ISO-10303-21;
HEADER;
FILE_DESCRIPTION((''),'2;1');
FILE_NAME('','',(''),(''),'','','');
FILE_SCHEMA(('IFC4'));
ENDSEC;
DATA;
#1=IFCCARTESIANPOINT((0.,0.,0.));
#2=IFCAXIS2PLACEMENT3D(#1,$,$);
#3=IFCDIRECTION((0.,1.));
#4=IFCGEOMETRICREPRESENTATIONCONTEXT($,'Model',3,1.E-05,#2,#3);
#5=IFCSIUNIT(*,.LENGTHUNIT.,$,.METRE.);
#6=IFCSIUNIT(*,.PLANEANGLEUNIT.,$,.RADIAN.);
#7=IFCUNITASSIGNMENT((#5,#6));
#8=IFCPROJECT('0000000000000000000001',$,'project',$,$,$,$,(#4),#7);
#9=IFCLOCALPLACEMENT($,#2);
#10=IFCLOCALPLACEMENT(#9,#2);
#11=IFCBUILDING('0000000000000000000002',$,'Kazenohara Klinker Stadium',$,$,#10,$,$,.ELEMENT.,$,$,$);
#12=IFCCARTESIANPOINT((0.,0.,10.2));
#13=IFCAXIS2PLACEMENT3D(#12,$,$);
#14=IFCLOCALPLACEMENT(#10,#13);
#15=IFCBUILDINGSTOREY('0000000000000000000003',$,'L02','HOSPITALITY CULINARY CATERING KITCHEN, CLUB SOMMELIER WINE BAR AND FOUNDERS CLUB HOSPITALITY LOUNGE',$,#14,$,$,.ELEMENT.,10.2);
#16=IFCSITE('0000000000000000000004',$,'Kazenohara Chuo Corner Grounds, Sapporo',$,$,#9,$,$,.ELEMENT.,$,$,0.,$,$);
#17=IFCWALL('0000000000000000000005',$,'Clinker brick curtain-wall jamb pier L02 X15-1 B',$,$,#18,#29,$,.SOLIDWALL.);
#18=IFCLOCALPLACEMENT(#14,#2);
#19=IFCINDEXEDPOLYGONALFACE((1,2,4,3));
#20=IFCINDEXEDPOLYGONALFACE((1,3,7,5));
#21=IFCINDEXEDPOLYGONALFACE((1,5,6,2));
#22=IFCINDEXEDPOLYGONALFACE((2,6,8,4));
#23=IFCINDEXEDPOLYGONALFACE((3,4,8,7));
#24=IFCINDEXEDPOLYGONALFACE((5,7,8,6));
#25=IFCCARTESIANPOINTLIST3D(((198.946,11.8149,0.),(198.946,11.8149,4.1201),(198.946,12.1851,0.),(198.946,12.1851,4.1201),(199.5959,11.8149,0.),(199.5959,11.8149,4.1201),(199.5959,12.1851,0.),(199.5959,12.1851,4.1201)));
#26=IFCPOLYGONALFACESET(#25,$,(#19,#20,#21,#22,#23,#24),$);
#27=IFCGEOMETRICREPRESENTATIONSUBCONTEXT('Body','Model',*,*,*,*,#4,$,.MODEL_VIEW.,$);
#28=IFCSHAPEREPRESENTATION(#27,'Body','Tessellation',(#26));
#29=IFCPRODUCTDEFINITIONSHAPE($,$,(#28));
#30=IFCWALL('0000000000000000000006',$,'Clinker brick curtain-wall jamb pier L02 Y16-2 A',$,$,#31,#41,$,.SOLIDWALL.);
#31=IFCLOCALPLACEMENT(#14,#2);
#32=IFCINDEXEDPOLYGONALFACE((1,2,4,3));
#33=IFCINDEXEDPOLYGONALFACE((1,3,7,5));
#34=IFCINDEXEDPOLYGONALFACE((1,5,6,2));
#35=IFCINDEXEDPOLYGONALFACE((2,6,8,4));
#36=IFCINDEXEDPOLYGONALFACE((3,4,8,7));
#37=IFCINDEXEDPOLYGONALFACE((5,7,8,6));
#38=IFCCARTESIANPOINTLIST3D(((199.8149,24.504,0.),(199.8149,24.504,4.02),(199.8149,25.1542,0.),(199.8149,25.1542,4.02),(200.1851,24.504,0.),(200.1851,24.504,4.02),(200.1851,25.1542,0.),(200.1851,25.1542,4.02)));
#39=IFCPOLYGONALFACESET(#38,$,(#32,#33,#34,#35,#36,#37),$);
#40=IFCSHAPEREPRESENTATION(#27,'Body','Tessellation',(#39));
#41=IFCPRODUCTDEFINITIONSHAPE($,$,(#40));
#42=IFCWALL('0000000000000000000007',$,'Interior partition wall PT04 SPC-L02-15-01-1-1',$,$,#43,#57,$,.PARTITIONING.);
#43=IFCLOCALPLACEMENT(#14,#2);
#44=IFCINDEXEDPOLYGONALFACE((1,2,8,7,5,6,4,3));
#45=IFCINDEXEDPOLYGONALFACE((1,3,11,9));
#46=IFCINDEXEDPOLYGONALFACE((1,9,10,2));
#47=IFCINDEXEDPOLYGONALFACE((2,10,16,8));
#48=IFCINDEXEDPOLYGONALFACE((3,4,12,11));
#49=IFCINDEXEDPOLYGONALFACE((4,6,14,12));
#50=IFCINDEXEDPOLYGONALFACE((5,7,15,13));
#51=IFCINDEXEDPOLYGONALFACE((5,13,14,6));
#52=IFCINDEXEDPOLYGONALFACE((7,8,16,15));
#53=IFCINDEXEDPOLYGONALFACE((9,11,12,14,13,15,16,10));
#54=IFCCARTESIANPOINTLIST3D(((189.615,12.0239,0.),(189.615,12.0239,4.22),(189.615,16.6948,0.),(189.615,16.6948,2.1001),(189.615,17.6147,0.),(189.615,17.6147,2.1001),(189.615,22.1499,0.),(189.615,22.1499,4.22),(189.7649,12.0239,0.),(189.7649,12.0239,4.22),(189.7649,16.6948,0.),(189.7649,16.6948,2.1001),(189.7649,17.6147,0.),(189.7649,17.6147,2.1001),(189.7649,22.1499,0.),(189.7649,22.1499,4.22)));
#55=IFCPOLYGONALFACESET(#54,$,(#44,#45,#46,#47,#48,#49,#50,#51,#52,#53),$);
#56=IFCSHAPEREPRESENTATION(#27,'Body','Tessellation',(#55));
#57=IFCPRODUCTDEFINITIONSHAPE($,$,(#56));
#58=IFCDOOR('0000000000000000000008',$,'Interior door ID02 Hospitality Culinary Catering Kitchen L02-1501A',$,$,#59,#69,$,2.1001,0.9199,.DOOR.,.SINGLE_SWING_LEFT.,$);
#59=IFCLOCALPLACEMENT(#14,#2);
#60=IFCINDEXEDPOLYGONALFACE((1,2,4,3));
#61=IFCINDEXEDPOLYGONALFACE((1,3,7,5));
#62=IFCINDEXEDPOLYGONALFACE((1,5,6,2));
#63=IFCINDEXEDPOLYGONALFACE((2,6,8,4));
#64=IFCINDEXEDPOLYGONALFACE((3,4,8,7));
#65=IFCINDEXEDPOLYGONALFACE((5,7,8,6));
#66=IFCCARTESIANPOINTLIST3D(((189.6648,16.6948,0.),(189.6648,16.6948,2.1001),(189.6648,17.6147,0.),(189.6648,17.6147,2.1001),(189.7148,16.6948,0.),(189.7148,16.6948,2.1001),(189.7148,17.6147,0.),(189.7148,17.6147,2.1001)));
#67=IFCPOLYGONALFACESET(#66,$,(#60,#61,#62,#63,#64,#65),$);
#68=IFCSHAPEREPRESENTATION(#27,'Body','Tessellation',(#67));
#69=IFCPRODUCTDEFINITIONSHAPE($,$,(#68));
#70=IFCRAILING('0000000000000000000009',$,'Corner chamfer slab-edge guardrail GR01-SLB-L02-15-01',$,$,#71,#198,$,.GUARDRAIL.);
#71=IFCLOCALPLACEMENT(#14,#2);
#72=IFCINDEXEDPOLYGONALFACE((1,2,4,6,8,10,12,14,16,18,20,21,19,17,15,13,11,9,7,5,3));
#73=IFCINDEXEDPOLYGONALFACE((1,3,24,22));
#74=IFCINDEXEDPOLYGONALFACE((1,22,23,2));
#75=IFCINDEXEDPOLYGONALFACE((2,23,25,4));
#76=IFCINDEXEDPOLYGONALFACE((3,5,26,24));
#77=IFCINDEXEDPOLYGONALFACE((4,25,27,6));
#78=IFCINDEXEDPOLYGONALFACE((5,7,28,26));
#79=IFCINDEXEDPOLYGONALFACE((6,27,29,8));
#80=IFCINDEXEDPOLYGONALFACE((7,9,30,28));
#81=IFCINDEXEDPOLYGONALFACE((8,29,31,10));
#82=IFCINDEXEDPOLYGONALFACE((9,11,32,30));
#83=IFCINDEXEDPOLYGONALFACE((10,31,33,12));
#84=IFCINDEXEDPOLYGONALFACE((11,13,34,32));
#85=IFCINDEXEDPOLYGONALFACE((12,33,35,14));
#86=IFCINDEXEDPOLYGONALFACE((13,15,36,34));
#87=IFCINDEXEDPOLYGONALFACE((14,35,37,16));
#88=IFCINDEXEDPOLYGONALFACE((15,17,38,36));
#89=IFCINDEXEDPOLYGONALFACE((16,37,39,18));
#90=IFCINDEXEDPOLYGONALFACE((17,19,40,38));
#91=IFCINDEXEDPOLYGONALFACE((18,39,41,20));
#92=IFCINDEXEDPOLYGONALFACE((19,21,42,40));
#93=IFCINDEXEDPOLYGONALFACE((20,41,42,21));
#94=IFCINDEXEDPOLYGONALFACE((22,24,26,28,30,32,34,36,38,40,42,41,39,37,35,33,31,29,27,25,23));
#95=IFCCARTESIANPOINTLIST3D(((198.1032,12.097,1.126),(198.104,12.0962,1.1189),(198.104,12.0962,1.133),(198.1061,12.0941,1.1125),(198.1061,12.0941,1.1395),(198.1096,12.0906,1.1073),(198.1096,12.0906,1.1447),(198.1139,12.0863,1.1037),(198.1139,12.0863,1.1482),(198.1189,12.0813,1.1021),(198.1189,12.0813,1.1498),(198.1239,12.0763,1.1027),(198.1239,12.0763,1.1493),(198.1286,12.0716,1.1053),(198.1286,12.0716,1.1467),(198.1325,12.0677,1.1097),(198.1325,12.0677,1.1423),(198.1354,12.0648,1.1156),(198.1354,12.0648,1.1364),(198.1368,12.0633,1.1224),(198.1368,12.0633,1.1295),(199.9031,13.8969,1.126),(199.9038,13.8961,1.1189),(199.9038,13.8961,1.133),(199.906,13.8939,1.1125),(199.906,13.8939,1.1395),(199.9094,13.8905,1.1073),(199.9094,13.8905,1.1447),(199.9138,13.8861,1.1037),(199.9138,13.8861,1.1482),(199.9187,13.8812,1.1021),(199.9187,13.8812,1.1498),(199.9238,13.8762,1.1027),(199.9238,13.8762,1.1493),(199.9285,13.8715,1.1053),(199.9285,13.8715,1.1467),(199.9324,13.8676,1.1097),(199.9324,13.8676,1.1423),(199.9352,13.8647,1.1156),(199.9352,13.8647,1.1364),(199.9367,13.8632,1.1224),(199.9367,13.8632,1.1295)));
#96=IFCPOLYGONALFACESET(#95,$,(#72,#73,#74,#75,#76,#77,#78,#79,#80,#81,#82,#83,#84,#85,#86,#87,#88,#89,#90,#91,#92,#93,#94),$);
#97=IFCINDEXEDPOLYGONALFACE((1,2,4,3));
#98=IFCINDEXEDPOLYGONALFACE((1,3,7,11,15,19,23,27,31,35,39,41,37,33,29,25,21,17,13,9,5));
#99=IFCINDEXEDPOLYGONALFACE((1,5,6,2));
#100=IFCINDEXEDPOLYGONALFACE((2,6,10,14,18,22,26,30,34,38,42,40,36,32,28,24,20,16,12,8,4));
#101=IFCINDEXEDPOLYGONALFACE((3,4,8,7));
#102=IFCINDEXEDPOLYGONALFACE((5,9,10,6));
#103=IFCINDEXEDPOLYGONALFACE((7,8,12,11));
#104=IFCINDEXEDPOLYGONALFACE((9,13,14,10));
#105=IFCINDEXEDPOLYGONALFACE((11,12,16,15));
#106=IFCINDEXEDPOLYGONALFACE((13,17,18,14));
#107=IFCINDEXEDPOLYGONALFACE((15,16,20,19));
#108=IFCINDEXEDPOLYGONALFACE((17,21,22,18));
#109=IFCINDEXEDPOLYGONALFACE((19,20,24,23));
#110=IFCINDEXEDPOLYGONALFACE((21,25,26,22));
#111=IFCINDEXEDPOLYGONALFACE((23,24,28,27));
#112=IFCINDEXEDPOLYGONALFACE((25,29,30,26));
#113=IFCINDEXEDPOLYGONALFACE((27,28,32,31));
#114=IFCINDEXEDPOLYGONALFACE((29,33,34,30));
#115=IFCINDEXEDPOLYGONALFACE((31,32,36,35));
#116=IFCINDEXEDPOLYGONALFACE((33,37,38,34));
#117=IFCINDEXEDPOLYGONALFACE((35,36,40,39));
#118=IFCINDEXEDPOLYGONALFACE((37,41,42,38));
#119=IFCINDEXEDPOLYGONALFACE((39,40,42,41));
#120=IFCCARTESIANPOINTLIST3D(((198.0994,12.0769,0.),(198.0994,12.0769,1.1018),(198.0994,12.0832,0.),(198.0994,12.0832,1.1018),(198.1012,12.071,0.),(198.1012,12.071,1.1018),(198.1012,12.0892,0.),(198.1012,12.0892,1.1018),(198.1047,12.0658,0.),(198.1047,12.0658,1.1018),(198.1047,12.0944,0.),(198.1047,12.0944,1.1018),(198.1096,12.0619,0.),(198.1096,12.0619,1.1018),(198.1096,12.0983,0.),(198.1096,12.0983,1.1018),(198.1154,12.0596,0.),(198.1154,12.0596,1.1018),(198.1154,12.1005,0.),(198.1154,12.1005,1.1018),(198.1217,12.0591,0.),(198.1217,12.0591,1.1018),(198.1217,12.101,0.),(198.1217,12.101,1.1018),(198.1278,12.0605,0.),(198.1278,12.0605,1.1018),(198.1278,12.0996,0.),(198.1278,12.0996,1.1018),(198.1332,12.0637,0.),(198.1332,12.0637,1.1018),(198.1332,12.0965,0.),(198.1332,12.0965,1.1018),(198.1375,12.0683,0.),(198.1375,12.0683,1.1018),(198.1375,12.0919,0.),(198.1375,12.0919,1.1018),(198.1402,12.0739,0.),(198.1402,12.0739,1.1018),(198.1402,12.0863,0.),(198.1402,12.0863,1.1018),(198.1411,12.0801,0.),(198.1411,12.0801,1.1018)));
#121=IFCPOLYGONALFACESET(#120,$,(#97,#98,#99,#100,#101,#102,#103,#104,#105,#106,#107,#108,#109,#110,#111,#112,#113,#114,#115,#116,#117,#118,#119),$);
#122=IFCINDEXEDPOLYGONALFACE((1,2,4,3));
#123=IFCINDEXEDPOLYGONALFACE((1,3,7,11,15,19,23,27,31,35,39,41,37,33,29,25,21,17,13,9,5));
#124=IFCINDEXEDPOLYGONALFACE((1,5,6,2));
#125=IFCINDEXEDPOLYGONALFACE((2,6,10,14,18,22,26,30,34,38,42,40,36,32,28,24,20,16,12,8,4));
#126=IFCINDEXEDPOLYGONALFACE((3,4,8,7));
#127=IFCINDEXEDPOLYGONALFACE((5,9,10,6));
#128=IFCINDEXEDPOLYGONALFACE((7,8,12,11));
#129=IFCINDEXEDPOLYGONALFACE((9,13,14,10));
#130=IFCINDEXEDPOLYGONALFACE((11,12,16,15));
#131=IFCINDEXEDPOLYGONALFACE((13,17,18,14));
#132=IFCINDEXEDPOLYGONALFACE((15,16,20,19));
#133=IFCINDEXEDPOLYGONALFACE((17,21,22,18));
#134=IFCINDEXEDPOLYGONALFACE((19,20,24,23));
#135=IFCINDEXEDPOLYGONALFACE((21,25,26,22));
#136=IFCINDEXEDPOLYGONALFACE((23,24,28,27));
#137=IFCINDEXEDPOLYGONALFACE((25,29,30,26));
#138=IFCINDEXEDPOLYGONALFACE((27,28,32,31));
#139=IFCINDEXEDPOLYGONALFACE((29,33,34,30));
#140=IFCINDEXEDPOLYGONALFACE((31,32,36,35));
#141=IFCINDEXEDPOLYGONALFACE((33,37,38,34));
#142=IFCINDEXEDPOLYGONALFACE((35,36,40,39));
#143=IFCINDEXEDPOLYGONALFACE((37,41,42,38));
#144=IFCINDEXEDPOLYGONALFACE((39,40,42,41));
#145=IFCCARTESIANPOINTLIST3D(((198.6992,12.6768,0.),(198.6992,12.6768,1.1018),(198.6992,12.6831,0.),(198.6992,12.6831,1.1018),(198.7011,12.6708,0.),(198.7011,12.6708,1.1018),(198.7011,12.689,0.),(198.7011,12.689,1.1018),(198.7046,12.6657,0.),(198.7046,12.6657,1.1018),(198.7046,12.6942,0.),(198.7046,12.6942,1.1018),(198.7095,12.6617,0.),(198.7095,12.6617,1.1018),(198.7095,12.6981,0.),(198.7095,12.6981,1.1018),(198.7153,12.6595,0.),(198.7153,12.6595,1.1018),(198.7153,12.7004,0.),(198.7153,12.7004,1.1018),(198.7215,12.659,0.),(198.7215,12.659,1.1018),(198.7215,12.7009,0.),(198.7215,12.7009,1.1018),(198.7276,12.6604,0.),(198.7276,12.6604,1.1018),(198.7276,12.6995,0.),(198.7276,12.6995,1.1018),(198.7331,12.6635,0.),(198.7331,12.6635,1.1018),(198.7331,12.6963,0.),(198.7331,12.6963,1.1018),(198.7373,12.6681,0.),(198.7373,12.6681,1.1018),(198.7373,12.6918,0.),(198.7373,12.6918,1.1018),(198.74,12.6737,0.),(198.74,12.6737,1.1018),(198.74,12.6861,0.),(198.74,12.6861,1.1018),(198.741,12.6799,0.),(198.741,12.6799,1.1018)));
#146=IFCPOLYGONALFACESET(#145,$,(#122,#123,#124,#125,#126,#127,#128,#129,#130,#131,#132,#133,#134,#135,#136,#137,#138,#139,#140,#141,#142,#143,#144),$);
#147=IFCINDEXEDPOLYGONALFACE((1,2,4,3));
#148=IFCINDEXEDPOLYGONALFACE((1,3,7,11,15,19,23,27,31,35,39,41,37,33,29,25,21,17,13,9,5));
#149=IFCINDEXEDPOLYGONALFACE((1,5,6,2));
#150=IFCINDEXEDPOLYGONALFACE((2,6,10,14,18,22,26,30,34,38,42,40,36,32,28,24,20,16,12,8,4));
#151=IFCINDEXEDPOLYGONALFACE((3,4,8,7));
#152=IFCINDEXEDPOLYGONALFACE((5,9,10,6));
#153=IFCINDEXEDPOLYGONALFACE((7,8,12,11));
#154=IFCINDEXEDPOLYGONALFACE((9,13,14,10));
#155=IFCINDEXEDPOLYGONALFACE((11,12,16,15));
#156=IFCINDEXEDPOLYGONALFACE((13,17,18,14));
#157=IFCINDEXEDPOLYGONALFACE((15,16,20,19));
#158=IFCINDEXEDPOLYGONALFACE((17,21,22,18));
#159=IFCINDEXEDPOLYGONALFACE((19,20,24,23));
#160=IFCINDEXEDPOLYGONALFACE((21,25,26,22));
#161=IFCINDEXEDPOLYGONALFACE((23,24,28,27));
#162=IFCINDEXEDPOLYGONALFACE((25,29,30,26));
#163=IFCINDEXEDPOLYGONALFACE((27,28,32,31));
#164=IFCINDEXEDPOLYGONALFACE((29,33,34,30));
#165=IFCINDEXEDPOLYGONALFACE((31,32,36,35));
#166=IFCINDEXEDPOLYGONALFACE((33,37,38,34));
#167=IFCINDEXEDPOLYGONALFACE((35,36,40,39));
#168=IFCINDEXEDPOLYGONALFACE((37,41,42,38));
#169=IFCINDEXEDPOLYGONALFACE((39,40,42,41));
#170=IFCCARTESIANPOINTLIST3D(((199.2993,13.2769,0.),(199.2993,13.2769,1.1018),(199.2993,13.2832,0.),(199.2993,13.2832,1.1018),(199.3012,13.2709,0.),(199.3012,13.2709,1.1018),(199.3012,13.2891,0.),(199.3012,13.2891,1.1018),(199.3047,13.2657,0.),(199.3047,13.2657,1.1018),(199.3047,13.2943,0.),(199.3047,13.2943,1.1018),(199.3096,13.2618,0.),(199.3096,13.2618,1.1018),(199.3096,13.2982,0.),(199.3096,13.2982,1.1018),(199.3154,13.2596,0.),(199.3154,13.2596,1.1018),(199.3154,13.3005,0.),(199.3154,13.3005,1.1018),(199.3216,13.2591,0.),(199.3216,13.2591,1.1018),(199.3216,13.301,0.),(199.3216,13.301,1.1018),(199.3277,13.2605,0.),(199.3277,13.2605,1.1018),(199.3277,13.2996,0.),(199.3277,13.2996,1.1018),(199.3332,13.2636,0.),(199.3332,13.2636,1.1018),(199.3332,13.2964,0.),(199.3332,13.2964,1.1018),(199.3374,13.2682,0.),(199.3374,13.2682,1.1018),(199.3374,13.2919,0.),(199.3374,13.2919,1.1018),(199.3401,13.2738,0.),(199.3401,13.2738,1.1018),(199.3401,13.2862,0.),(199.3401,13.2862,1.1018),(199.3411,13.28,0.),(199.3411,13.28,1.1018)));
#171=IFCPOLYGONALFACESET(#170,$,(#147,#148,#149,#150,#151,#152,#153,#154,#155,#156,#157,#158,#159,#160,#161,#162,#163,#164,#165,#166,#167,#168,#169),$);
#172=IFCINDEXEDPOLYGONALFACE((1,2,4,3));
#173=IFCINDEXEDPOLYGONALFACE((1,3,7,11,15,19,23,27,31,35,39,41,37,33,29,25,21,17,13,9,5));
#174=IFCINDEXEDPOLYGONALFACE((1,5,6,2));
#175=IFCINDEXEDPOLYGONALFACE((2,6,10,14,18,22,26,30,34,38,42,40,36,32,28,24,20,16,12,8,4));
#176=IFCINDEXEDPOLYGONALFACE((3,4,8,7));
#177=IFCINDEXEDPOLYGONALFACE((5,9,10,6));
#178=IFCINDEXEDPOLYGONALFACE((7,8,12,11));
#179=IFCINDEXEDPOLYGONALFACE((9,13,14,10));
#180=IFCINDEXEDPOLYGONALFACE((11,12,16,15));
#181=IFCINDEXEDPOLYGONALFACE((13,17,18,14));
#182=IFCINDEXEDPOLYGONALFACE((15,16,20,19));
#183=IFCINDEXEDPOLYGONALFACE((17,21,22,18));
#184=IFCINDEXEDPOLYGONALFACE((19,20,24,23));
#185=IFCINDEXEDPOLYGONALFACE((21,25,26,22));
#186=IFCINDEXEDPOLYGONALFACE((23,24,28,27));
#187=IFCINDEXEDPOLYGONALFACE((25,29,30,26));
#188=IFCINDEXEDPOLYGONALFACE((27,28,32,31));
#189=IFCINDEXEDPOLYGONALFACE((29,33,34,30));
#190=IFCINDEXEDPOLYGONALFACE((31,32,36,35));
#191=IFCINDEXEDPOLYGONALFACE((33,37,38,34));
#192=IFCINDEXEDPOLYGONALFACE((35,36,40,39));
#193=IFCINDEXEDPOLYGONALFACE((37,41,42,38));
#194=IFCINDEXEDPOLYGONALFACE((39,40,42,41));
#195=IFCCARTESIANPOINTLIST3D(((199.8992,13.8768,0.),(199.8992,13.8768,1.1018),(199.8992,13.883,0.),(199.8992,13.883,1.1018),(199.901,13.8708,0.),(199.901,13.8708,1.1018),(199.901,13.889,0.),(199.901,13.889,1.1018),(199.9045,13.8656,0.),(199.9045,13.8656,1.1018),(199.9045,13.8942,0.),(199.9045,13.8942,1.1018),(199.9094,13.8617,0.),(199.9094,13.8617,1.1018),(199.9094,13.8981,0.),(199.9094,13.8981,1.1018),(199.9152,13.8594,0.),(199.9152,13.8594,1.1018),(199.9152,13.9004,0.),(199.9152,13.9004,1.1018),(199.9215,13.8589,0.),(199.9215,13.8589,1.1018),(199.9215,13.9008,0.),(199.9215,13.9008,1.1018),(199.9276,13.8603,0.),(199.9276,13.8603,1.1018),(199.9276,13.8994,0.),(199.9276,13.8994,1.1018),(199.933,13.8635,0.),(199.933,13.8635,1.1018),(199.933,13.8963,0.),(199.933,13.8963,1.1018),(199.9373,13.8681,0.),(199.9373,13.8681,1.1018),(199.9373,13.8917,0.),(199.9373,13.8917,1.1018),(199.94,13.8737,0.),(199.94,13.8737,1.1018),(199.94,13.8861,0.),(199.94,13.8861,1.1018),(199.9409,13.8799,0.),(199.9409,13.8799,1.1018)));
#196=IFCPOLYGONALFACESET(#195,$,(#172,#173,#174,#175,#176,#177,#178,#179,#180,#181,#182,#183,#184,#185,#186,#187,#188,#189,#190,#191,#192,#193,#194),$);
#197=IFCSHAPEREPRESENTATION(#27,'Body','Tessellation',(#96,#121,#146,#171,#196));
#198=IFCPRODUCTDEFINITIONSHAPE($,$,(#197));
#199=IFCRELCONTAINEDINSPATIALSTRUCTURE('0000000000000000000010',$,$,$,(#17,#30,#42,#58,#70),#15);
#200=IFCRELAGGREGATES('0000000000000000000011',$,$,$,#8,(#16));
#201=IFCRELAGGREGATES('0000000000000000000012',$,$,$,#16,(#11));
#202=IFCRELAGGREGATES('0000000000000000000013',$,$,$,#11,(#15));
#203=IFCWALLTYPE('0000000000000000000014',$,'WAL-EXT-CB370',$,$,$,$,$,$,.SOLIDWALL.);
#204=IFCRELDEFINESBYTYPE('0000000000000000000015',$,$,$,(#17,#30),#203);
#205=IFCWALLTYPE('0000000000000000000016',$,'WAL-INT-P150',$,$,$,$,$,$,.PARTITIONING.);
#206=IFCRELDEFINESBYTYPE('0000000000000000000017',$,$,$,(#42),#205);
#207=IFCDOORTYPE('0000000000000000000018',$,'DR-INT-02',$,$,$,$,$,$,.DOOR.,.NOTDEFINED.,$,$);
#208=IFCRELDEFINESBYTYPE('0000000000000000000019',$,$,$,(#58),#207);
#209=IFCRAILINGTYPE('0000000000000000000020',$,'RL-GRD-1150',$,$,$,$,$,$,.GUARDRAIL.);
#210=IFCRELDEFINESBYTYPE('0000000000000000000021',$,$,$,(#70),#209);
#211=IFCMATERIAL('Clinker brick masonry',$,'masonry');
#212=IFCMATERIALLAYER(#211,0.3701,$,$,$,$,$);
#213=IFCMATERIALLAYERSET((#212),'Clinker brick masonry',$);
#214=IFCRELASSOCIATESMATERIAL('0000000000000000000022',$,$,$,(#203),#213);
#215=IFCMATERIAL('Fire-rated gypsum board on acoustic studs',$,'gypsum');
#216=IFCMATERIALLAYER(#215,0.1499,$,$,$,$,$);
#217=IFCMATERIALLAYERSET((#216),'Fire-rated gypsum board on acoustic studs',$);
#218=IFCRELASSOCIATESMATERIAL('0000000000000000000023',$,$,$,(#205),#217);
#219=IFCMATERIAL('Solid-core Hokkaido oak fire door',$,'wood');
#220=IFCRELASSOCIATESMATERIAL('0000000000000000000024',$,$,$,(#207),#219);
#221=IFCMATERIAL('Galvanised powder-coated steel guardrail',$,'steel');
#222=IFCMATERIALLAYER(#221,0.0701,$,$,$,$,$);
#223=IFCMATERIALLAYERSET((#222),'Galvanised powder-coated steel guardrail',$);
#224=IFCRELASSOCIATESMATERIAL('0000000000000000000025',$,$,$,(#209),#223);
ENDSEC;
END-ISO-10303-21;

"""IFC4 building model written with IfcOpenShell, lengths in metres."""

from ifc_helpers import new_model, si_unit, direction, frame, frame_2d, origin, origin_2d, place, context, subcontext, project, spatial, rectangle, circle, extrude, material, layer, layer_set, type_object, element, fill, save


model = new_model("IFC4")

# Units and contexts
model_context = context("Model", 3, precision=1e-05, world=origin(), true_north=direction((0.0, 1.0)))
body_context = subcontext(model_context, "Body", "Model", "MODEL_VIEW")
ifc_project = project(units=[si_unit("LENGTHUNIT", "METRE"), si_unit("PLANEANGLEUNIT", "RADIAN")], contexts=[model_context])

# Site, building, storey
site_placement = place(None, origin())
site = spatial("IfcSite", under=ifc_project, at=site_placement, Name="Kazenohara Chuo Corner Grounds, Sapporo", CompositionType="ELEMENT", RefElevation=0.0)
building_placement = place(site_placement, origin())
building = spatial("IfcBuilding", under=site, at=building_placement, Name="Kazenohara Klinker Stadium", CompositionType="ELEMENT")
storey_placement = place(building_placement, frame((0.0, 0.0, 10.2)))
storey = spatial("IfcBuildingStorey", under=building, at=storey_placement, Name="L02", Description="HOSPITALITY CULINARY CATERING KITCHEN, CLUB SOMMELIER WINE BAR AND FOUNDERS CLUB HOSPITALITY LOUNGE", CompositionType="ELEMENT", Elevation=10.2)

# Shared definitions
ifc_material_1 = material(Name="Clinker brick masonry", Category="masonry")

# Walls
ifc_layer_1 = layer(ifc_material_1, 0.3701)
ifc_layer_set_1 = layer_set([ifc_layer_1], Name="Clinker brick masonry")
wall_type_1 = type_object("IfcWallType", Name="WAL-EXT-CB370", PredefinedType="SOLIDWALL", material=ifc_layer_set_1)
for number, where, z_axis, x_axis, name in (
    (1, (198.946, 12.0, 0.0), (0.0, 0.0, 1.0), (1.0, 0.0, 0.0), "Clinker brick curtain-wall jamb pier L02 X15-1 B"),
):
    element("IfcWall", number, at=place(storey_placement, frame(where, z_axis=z_axis, x_axis=x_axis)), inside=storey, type_object=wall_type_1, Name=name, PredefinedType="SOLIDWALL", context=body_context, shape_type="SweptSolid", body=[
        extrude(rectangle(XDim=0.6499, YDim=0.3701, at=frame_2d((0.325, 0.0))), origin(), (0.0, 0.0, 1.0), 4.1201),
    ])
wall_1_placement = place(storey_placement, frame((200.0, 24.5039, 0.0), z_axis=(0.0, 0.0, 1.0), x_axis=(0.0, 1.0, 0.0)))
element("IfcWall", 2, at=wall_1_placement, inside=storey, type_object=wall_type_1, Name="Clinker brick curtain-wall jamb pier L02 Y16-2 A", PredefinedType="SOLIDWALL", context=body_context, shape_type="SweptSolid", body=[
    extrude(rectangle(XDim=0.6501, YDim=0.3701, at=frame_2d((0.3252, 0.0))), origin(), (0.0, 0.0, 1.0), 4.02),
])

# Wall, opening, door
ifc_material_2 = material(Name="Fire-rated gypsum board on acoustic studs", Category="gypsum")
ifc_layer_2 = layer(ifc_material_2, 0.1499)
ifc_layer_set_2 = layer_set([ifc_layer_2], Name="Fire-rated gypsum board on acoustic studs")
wall_type_2 = type_object("IfcWallType", Name="WAL-INT-P150", PredefinedType="PARTITIONING", material=ifc_layer_set_2)
wall_2_placement = place(storey_placement, frame((189.6899, 12.0239, 0.0), z_axis=(0.0, 0.0, 1.0), x_axis=(0.0, 1.0, 0.0)))
wall_2 = element("IfcWall", 3, at=wall_2_placement, inside=storey, type_object=wall_type_2, Name="Interior partition wall PT04 SPC-L02-15-01-1-1", PredefinedType="PARTITIONING", context=body_context, shape_type="SweptSolid", body=[
    extrude(rectangle(XDim=10.126, YDim=0.1499, at=frame_2d((5.063, 0.0))), origin(), (0.0, 0.0, 1.0), 4.22),
])
opening_1_placement = place(wall_2_placement, frame((5.5908, 0.0, 0.0), z_axis=(0.0, 0.0, 1.0), x_axis=(-1.0, 0.0, 0.0)))
opening_1 = element("IfcOpeningElement", 4, at=opening_1_placement, cuts=wall_2, PredefinedType="OPENING", context=body_context, shape_type="SweptSolid", body=[
    extrude(rectangle(XDim=0.9199, YDim=2.1001, at=frame_2d((0.46, 1.05))), frame((0.0, 0.085, 0.0), z_axis=(0.0, -1.0, 0.0), x_axis=(1.0, 0.0, 0.0)), (0.0, 0.0, 1.0), 0.1699),
])
ifc_material_3 = material(Name="Solid-core Hokkaido oak fire door", Category="wood")
door_type = type_object("IfcDoorType", Name="DR-INT-02", OperationType="NOTDEFINED", PredefinedType="DOOR", material=ifc_material_3)
door_placement = place(opening_1_placement, origin())
door = element("IfcDoor", 5, at=door_placement, inside=storey, type_object=door_type, Name="Interior door ID02 Hospitality Culinary Catering Kitchen L02-1501A", OperationType="SINGLE_SWING_LEFT", OverallHeight=2.1001, OverallWidth=0.9199, PredefinedType="DOOR", context=body_context, shape_type="SweptSolid", body=[
    extrude(rectangle(XDim=0.9199, YDim=2.1001, at=frame_2d((0.46, 1.05))), frame((0.0, 0.0249, 0.0), z_axis=(0.0, -1.0, 0.0), x_axis=(1.0, 0.0, 0.0)), (0.0, 0.0, 1.0), 0.05),
])
fill(opening_1, door)

# Railing
ifc_material_4 = material(Name="Galvanised powder-coated steel guardrail", Category="steel")
ifc_layer_3 = layer(ifc_material_4, 0.0701)
ifc_layer_set_3 = layer_set([ifc_layer_3], Name="Galvanised powder-coated steel guardrail")
railing_type = type_object("IfcRailingType", Name="RL-GRD-1150", PredefinedType="GUARDRAIL", material=ifc_layer_set_3)
railing_placement = place(storey_placement, frame((198.1201, 12.0801, 0.0)))
element("IfcRailing", 6, at=railing_placement, inside=storey, type_object=railing_type, Name="Corner chamfer slab-edge guardrail GR01-SLB-L02-15-01", PredefinedType="GUARDRAIL", context=body_context, shape_type="SweptSolid", body=[
    extrude(circle(Radius=0.0239, at=origin_2d()), frame((0.0, 0.0, 1.126), z_axis=(0.707107, 0.707107, 0.0), x_axis=(-0.707107, 0.707107, 0.0)), (0.0, 0.0, 1.0), 2.5454),
    extrude(circle(Radius=0.021, at=origin_2d()), origin(), (0.0, 0.0, 1.0), 1.1018),
    extrude(circle(Radius=0.021, at=origin_2d()), frame((0.5999, 0.5999, 0.0)), (0.0, 0.0, 1.0), 1.1018),
    extrude(circle(Radius=0.021, at=origin_2d()), frame((1.2, 1.2, 0.0)), (0.0, 0.0, 1.0), 1.1018),
    extrude(circle(Radius=0.021, at=origin_2d()), frame((1.7998, 1.7998, 0.0)), (0.0, 0.0, 1.0), 1.1018),
])

save(model, "model.ifc")
